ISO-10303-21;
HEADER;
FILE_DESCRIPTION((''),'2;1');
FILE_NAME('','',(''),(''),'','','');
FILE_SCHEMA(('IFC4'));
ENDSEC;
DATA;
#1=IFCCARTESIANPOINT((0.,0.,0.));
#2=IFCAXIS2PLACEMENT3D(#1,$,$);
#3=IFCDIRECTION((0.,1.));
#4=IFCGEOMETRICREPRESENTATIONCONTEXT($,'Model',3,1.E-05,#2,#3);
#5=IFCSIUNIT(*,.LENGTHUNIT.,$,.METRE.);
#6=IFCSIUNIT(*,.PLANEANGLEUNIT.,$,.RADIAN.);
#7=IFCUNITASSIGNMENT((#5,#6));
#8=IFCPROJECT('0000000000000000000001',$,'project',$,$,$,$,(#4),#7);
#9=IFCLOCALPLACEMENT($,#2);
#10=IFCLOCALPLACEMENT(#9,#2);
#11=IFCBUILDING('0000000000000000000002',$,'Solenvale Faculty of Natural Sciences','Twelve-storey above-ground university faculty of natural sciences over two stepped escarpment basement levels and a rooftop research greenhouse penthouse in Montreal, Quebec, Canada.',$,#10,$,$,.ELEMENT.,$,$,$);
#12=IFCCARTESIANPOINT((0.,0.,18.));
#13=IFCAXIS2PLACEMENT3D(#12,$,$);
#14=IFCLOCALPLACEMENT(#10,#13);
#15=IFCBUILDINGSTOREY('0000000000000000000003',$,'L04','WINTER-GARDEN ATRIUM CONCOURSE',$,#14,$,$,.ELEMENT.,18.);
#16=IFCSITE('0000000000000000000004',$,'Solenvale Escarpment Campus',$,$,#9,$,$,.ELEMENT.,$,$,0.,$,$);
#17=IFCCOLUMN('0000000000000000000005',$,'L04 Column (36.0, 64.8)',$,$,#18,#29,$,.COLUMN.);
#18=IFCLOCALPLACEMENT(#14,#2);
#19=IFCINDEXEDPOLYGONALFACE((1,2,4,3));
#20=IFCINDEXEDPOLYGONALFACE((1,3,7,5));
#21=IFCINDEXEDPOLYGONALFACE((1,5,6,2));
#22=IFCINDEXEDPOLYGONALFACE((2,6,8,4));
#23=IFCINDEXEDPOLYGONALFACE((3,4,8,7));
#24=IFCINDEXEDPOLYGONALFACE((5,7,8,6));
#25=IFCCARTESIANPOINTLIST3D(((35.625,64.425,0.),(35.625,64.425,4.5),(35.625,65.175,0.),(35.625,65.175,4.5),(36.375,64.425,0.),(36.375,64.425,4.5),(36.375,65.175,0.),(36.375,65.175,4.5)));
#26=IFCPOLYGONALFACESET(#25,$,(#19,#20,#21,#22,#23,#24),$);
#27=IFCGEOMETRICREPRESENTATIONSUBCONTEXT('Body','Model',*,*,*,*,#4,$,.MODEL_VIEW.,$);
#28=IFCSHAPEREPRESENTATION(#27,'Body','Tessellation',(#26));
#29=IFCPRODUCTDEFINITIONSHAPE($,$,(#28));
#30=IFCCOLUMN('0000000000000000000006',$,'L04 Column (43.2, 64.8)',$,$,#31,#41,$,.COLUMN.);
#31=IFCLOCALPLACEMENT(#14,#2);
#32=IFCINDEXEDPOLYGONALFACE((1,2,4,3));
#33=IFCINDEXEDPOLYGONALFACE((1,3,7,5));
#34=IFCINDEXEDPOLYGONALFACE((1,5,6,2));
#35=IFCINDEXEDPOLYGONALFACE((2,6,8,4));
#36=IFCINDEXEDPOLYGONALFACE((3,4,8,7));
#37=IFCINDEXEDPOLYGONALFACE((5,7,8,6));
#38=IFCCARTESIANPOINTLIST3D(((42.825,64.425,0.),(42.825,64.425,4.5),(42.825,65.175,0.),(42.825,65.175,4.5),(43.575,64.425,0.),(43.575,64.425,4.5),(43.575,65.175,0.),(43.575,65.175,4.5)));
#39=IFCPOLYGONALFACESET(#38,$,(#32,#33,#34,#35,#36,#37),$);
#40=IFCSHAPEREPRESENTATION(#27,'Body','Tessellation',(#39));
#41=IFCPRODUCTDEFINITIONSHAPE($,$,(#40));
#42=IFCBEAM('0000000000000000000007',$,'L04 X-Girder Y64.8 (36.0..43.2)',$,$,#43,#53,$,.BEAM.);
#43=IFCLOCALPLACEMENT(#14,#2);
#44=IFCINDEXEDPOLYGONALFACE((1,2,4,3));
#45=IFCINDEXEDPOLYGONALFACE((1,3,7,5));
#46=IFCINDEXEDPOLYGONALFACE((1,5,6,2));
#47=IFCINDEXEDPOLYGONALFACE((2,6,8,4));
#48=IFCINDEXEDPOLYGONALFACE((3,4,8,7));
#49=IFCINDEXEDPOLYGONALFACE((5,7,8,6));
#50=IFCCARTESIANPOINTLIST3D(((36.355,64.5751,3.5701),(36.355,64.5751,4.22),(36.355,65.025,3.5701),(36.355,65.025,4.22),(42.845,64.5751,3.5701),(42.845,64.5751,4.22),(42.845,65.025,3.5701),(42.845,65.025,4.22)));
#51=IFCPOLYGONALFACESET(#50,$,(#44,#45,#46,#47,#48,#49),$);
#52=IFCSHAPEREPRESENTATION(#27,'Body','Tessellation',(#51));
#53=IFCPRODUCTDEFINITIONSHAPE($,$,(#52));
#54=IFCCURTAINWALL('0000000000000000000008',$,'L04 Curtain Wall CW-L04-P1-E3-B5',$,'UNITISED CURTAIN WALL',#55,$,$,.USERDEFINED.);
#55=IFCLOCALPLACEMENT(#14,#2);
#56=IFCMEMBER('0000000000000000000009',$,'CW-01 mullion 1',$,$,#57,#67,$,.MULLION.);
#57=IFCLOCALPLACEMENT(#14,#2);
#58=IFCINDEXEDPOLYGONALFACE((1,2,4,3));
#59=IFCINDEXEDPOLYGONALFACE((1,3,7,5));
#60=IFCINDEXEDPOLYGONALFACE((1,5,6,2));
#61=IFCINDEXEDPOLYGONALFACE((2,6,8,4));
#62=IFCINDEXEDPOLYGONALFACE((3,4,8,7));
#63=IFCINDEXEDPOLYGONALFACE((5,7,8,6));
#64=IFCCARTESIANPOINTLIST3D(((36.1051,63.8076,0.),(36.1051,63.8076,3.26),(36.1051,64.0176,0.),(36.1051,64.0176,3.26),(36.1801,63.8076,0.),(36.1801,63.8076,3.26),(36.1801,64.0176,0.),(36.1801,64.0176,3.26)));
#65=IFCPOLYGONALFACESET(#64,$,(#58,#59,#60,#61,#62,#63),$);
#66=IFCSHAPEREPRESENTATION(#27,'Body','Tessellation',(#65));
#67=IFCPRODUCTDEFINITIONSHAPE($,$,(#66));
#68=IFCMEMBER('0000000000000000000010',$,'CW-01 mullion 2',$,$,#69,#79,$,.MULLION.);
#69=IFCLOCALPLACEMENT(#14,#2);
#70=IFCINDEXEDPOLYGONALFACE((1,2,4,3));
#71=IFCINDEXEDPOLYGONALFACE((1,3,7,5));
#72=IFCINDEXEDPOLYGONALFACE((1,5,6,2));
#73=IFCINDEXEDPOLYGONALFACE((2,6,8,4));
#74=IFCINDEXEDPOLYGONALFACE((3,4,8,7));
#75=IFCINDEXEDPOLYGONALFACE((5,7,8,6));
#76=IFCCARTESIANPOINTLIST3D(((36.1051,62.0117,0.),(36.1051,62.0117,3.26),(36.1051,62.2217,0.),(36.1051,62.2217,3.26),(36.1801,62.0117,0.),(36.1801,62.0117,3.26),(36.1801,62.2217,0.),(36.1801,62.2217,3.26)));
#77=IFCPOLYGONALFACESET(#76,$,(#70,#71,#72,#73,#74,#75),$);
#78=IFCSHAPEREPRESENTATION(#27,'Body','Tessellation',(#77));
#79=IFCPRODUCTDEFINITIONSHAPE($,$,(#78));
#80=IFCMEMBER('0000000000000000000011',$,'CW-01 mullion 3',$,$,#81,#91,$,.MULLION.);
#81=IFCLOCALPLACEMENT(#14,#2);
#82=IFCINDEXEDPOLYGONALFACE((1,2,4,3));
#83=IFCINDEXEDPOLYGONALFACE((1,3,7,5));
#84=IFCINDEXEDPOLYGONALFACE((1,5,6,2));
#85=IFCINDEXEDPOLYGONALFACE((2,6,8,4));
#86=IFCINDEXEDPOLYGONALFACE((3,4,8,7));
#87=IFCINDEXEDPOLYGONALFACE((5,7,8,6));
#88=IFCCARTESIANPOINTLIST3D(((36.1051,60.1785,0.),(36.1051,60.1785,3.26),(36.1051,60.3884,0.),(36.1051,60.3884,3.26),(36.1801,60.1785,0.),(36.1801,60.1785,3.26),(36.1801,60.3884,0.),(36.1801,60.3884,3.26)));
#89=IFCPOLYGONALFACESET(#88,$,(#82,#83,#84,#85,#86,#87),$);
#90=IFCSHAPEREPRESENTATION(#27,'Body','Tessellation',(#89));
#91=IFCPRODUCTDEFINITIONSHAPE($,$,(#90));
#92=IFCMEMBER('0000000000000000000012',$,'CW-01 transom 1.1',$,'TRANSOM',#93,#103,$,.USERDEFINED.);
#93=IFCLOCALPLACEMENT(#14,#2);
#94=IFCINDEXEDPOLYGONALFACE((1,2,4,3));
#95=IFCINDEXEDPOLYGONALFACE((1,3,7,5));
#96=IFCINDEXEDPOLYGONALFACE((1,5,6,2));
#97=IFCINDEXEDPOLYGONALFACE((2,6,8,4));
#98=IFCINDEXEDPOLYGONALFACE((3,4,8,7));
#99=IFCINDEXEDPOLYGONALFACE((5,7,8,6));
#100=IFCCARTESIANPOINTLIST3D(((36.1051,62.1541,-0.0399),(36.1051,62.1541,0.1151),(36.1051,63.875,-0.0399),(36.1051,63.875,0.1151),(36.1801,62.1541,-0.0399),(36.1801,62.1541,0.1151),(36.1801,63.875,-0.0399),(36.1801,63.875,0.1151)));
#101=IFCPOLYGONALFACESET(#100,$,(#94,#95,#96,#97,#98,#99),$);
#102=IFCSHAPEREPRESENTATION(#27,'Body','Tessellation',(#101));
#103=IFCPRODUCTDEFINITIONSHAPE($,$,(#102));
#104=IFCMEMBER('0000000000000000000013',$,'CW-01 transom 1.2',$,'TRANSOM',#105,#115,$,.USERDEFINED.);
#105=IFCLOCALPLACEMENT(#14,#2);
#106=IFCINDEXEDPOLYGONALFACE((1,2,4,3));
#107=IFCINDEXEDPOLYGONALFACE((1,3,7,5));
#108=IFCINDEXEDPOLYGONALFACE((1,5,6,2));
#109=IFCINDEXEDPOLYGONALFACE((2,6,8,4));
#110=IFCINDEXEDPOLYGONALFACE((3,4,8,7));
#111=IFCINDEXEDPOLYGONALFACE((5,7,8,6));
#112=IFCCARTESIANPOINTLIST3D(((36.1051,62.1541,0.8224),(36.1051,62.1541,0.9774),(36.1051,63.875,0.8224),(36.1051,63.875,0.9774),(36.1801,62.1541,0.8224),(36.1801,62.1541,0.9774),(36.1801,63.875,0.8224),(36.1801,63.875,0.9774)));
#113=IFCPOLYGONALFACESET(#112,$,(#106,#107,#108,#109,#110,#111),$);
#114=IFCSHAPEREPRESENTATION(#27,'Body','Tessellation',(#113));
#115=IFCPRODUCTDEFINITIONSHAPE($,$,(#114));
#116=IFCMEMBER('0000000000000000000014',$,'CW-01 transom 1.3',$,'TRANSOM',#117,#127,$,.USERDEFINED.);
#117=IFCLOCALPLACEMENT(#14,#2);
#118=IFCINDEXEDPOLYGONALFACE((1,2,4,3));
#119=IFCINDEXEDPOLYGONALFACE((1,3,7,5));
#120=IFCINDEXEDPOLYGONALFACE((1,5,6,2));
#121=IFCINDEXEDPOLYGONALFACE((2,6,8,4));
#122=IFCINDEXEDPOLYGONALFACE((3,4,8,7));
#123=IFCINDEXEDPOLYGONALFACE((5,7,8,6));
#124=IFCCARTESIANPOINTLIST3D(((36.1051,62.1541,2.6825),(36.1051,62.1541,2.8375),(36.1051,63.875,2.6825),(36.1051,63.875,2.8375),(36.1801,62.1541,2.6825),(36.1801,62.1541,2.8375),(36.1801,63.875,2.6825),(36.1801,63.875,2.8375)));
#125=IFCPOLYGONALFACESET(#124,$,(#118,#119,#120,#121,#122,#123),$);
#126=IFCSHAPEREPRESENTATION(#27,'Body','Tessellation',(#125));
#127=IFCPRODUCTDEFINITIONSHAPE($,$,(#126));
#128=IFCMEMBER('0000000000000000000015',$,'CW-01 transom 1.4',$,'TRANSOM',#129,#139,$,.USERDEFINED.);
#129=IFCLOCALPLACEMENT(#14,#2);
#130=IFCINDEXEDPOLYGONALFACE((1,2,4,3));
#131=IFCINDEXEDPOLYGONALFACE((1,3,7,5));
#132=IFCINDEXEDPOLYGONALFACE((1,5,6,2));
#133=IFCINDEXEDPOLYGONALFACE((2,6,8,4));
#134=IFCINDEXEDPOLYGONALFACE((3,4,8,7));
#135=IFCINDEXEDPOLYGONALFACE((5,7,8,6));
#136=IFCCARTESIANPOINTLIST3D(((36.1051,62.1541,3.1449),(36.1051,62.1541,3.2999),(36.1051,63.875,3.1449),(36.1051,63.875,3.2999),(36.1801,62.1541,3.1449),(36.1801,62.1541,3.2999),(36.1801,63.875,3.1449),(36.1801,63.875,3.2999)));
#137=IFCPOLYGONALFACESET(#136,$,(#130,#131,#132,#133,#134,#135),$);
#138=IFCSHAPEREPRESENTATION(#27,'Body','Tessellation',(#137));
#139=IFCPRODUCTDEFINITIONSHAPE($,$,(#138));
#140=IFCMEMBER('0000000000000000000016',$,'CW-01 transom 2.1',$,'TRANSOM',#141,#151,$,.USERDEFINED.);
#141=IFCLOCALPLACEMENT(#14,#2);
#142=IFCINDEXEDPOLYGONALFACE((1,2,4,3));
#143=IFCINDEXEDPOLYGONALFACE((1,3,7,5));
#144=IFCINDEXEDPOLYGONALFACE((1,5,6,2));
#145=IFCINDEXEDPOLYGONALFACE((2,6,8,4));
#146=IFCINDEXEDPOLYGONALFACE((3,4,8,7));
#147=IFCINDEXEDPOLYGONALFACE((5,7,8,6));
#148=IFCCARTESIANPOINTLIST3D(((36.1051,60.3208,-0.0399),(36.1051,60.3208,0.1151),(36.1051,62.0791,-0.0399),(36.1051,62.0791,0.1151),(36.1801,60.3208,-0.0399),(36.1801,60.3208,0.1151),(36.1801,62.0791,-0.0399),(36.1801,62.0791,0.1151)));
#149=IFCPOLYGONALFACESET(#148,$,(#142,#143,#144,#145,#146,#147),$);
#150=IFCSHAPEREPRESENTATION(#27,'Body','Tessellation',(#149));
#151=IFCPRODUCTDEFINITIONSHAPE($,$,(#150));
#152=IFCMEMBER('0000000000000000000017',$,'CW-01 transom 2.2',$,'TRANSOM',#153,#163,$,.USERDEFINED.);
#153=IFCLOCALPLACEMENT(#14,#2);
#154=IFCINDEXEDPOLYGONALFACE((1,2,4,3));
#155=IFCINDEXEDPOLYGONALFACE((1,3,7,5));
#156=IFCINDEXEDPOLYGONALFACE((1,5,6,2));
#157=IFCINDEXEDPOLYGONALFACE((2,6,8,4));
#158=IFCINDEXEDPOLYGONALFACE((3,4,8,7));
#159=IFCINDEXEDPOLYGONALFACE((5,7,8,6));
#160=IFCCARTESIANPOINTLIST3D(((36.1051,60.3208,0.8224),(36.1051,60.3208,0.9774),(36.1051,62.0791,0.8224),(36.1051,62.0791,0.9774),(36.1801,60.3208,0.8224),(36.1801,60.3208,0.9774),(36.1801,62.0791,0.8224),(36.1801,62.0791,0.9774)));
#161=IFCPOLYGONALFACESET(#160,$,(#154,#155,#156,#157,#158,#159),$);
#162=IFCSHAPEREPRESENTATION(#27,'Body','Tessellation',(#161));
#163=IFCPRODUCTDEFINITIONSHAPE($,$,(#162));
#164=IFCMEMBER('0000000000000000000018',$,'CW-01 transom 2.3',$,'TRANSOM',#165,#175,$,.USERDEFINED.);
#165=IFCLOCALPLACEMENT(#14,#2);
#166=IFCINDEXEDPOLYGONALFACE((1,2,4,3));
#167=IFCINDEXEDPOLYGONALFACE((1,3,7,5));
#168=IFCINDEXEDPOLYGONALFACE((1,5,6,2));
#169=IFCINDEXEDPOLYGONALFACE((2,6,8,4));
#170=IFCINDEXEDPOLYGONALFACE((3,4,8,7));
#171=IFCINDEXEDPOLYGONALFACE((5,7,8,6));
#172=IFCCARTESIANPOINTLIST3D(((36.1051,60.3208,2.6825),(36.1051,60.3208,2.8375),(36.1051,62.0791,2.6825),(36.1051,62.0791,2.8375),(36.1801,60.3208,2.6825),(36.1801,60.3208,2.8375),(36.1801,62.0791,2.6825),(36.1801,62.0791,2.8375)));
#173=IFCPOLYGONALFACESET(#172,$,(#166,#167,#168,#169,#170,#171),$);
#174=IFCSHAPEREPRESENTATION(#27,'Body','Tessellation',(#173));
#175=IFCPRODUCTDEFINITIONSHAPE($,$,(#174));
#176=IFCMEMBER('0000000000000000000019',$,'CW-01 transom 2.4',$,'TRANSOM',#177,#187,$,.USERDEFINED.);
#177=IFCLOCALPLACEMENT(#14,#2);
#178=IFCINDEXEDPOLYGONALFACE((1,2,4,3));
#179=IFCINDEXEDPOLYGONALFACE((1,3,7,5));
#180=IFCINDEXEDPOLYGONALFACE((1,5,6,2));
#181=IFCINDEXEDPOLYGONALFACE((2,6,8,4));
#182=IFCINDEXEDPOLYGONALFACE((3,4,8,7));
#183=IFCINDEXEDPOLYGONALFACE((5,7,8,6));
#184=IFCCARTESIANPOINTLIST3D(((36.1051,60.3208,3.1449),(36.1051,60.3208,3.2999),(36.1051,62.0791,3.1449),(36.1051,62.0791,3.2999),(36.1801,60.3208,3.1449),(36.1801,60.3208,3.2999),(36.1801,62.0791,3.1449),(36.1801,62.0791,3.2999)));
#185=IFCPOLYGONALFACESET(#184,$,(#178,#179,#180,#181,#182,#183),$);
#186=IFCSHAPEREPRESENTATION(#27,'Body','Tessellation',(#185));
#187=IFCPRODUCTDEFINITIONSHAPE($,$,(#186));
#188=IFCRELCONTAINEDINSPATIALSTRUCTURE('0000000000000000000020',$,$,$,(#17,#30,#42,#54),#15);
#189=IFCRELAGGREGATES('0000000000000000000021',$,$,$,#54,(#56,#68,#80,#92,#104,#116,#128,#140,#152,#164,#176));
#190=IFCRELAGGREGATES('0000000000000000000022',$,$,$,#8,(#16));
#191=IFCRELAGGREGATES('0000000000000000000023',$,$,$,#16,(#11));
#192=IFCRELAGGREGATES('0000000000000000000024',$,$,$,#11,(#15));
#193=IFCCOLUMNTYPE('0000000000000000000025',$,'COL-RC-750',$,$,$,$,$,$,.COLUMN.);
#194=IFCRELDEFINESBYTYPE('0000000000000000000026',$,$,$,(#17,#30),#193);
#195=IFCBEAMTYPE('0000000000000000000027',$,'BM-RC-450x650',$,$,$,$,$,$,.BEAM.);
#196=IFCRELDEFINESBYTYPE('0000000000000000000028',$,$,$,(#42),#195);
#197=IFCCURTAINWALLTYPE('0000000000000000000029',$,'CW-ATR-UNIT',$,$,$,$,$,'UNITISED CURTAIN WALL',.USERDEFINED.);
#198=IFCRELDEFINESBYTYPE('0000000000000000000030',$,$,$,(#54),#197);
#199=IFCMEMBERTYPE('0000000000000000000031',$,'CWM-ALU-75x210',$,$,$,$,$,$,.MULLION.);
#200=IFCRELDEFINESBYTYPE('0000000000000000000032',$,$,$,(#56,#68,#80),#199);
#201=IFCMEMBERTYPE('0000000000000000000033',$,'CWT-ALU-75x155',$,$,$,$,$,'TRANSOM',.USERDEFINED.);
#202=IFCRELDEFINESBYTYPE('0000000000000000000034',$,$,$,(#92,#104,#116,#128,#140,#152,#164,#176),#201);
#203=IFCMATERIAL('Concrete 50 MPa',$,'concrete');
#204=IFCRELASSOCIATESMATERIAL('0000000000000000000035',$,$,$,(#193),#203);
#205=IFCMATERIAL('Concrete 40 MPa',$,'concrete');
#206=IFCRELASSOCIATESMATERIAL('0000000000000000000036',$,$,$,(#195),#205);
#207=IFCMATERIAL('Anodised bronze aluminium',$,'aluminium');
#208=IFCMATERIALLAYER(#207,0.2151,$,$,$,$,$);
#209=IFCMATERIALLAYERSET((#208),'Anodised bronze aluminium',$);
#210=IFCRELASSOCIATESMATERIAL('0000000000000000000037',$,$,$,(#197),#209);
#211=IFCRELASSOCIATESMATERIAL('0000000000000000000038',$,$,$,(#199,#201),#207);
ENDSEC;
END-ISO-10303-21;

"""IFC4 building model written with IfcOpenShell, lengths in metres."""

from ifc_helpers import new_model, si_unit, direction, frame, origin, origin_2d, place, context, subcontext, project, spatial, rectangle, extrude, material, layer, layer_set, material_profile, profile_set, type_object, element, aggregate, save


model = new_model("IFC4")

# Units and contexts
model_context = context("Model", 3, precision=1e-05, world=origin(), true_north=direction((0.0, 1.0)))
body_context = subcontext(model_context, "Body", "Model", "MODEL_VIEW")
ifc_project = project(units=[si_unit("LENGTHUNIT", "METRE"), si_unit("PLANEANGLEUNIT", "RADIAN")], contexts=[model_context])

# Site, building, storey
site_placement = place(None, origin())
site = spatial("IfcSite", under=ifc_project, at=site_placement, Name="Solenvale Escarpment Campus", CompositionType="ELEMENT", RefElevation=0.0)
building_placement = place(site_placement, origin())
building = spatial("IfcBuilding", under=site, at=building_placement, Name="Solenvale Faculty of Natural Sciences", Description="Twelve-storey above-ground university faculty of natural sciences over two stepped escarpment basement levels and a rooftop research greenhouse penthouse in Montreal, Quebec, Canada.", CompositionType="ELEMENT")
storey_placement = place(building_placement, frame((0.0, 0.0, 18.0)))
storey = spatial("IfcBuildingStorey", under=building, at=storey_placement, Name="L04", Description="WINTER-GARDEN ATRIUM CONCOURSE", CompositionType="ELEMENT", Elevation=18.0)

# Columns
ifc_material_1 = material(Name="Concrete 50 MPa", Category="concrete")
ifc_material_profile_1 = material_profile(ifc_material_1, rectangle(XDim=0.75, YDim=0.75, at=origin_2d()), Name="RC-COL-750x750")
ifc_profile_set_1 = profile_set([ifc_material_profile_1], Name="Concrete 50 MPa")
column_type = type_object("IfcColumnType", Name="COL-RC-750", PredefinedType="COLUMN", material=ifc_profile_set_1)
for number, where, z_axis, x_axis, name in (
    (1, (36.0, 64.8, 0.0), (0.0, 0.0, 1.0), (1.0, 0.0, 0.0), "L04 Column (36.0, 64.8)"),
    (2, (43.2, 64.8, 0.0), (0.0, 0.0, 1.0), (1.0, 0.0, 0.0), "L04 Column (43.2, 64.8)"),
):
    element("IfcColumn", number, at=place(storey_placement, frame(where, z_axis=z_axis, x_axis=x_axis)), inside=storey, type_object=column_type, Name=name, PredefinedType="COLUMN", context=body_context, shape_type="SweptSolid", body=[
        extrude(rectangle(XDim=0.75, YDim=0.75, at=origin_2d()), origin(), (0.0, 0.0, 1.0), 4.5),
    ])

# Beam
ifc_material_2 = material(Name="Concrete 40 MPa", Category="concrete")
ifc_material_profile_2 = material_profile(ifc_material_2, rectangle(XDim=0.45, YDim=0.6499, at=origin_2d()), Name="RC-BM-450x650")
ifc_profile_set_2 = profile_set([ifc_material_profile_2], Name="Concrete 40 MPa")
beam_type = type_object("IfcBeamType", Name="BM-RC-450x650", PredefinedType="BEAM", material=ifc_profile_set_2)
beam_placement = place(storey_placement, frame((36.355, 64.8, 3.895), z_axis=(1.0, 0.0, 0.0), x_axis=(0.0, 1.0, 0.0)))
element("IfcBeam", 3, at=beam_placement, inside=storey, type_object=beam_type, Name="L04 X-Girder Y64.8 (36.0..43.2)", PredefinedType="BEAM", context=body_context, shape_type="SweptSolid", body=[
    extrude(rectangle(XDim=0.45, YDim=0.6499, at=origin_2d()), origin(), (0.0, 0.0, 1.0), 6.49),
])

# Curtain wall, members
ifc_material_3 = material(Name="Anodised bronze aluminium", Category="aluminium")
ifc_layer_1 = layer(ifc_material_3, 0.2151)
ifc_layer_set_1 = layer_set([ifc_layer_1], Name="Anodised bronze aluminium")
curtain_wall_type = type_object("IfcCurtainWallType", Name="CW-ATR-UNIT", ElementType="UNITISED CURTAIN WALL", PredefinedType="USERDEFINED", material=ifc_layer_set_1)
curtain_wall_placement = place(storey_placement, origin())
curtain_wall = element("IfcCurtainWall", 4, at=curtain_wall_placement, inside=storey, type_object=curtain_wall_type, Name="L04 Curtain Wall CW-L04-P1-E3-B5", ObjectType="UNITISED CURTAIN WALL", PredefinedType="USERDEFINED")
ifc_material_profile_3 = material_profile(ifc_material_3, rectangle(XDim=0.075, YDim=0.21, at=origin_2d()), Name="ALU-MUL-75x210")
ifc_profile_set_3 = profile_set([ifc_material_profile_3], Name="Anodised bronze aluminium")
member_type_1 = type_object("IfcMemberType", Name="CWM-ALU-75x210", PredefinedType="MULLION", material=ifc_profile_set_3)
member_1_placement = place(storey_placement, frame((36.1426, 63.9126, 0.0), z_axis=(0.0, 0.0, 1.0), x_axis=(1.0, 0.0, 0.0)))
member_1 = element("IfcMember", 5, at=member_1_placement, type_object=member_type_1, Name="CW-01 mullion 1", PredefinedType="MULLION", context=body_context, shape_type="SweptSolid", body=[
    extrude(rectangle(XDim=0.075, YDim=0.21, at=origin_2d()), origin(), (0.0, 0.0, 1.0), 3.26),
])
member_2_placement = place(storey_placement, frame((36.1426, 62.1167, 0.0), z_axis=(0.0, 0.0, 1.0), x_axis=(1.0, 0.0, 0.0)))
member_2 = element("IfcMember", 6, at=member_2_placement, type_object=member_type_1, Name="CW-01 mullion 2", PredefinedType="MULLION", context=body_context, shape_type="SweptSolid", body=[
    extrude(rectangle(XDim=0.075, YDim=0.21, at=origin_2d()), origin(), (0.0, 0.0, 1.0), 3.26),
])
member_3_placement = place(storey_placement, frame((36.1426, 60.2834, 0.0), z_axis=(0.0, 0.0, 1.0), x_axis=(1.0, 0.0, 0.0)))
member_3 = element("IfcMember", 7, at=member_3_placement, type_object=member_type_1, Name="CW-01 mullion 3", PredefinedType="MULLION", context=body_context, shape_type="SweptSolid", body=[
    extrude(rectangle(XDim=0.075, YDim=0.21, at=origin_2d()), origin(), (0.0, 0.0, 1.0), 3.26),
])
ifc_material_profile_4 = material_profile(ifc_material_3, rectangle(XDim=0.075, YDim=0.155, at=origin_2d()), Name="ALU-TRN-75x155")
ifc_profile_set_4 = profile_set([ifc_material_profile_4], Name="Anodised bronze aluminium")
member_type_2 = type_object("IfcMemberType", Name="CWT-ALU-75x155", ElementType="TRANSOM", PredefinedType="USERDEFINED", material=ifc_profile_set_4)
member_4_placement = place(storey_placement, frame((36.1426, 63.875, 0.0376), z_axis=(0.0, -1.0, 0.0), x_axis=(1.0, 0.0, 0.0)))
member_4 = element("IfcMember", 8, at=member_4_placement, type_object=member_type_2, Name="CW-01 transom 1.1", ObjectType="TRANSOM", PredefinedType="USERDEFINED", context=body_context, shape_type="SweptSolid", body=[
    extrude(rectangle(XDim=0.075, YDim=0.155, at=origin_2d()), origin(), (0.0, 0.0, 1.0), 1.7209),
])
member_5_placement = place(storey_placement, frame((36.1426, 63.875, 0.8999), z_axis=(0.0, -1.0, 0.0), x_axis=(1.0, 0.0, 0.0)))
member_5 = element("IfcMember", 9, at=member_5_placement, type_object=member_type_2, Name="CW-01 transom 1.2", ObjectType="TRANSOM", PredefinedType="USERDEFINED", context=body_context, shape_type="SweptSolid", body=[
    extrude(rectangle(XDim=0.075, YDim=0.155, at=origin_2d()), origin(), (0.0, 0.0, 1.0), 1.7209),
])
member_6_placement = place(storey_placement, frame((36.1426, 63.875, 2.76), z_axis=(0.0, -1.0, 0.0), x_axis=(1.0, 0.0, 0.0)))
member_6 = element("IfcMember", 10, at=member_6_placement, type_object=member_type_2, Name="CW-01 transom 1.3", ObjectType="TRANSOM", PredefinedType="USERDEFINED", context=body_context, shape_type="SweptSolid", body=[
    extrude(rectangle(XDim=0.075, YDim=0.155, at=origin_2d()), origin(), (0.0, 0.0, 1.0), 1.7209),
])
member_7_placement = place(storey_placement, frame((36.1426, 63.875, 3.2224), z_axis=(0.0, -1.0, 0.0), x_axis=(1.0, 0.0, 0.0)))
member_7 = element("IfcMember", 11, at=member_7_placement, type_object=member_type_2, Name="CW-01 transom 1.4", ObjectType="TRANSOM", PredefinedType="USERDEFINED", context=body_context, shape_type="SweptSolid", body=[
    extrude(rectangle(XDim=0.075, YDim=0.155, at=origin_2d()), origin(), (0.0, 0.0, 1.0), 1.7209),
])
member_8_placement = place(storey_placement, frame((36.1426, 62.0791, 0.0376), z_axis=(0.0, -1.0, 0.0), x_axis=(1.0, 0.0, 0.0)))
member_8 = element("IfcMember", 12, at=member_8_placement, type_object=member_type_2, Name="CW-01 transom 2.1", ObjectType="TRANSOM", PredefinedType="USERDEFINED", context=body_context, shape_type="SweptSolid", body=[
    extrude(rectangle(XDim=0.075, YDim=0.155, at=origin_2d()), origin(), (0.0, 0.0, 1.0), 1.7583),
])
member_9_placement = place(storey_placement, frame((36.1426, 62.0791, 0.8999), z_axis=(0.0, -1.0, 0.0), x_axis=(1.0, 0.0, 0.0)))
member_9 = element("IfcMember", 13, at=member_9_placement, type_object=member_type_2, Name="CW-01 transom 2.2", ObjectType="TRANSOM", PredefinedType="USERDEFINED", context=body_context, shape_type="SweptSolid", body=[
    extrude(rectangle(XDim=0.075, YDim=0.155, at=origin_2d()), origin(), (0.0, 0.0, 1.0), 1.7583),
])
member_10_placement = place(storey_placement, frame((36.1426, 62.0791, 2.76), z_axis=(0.0, -1.0, 0.0), x_axis=(1.0, 0.0, 0.0)))
member_10 = element("IfcMember", 14, at=member_10_placement, type_object=member_type_2, Name="CW-01 transom 2.3", ObjectType="TRANSOM", PredefinedType="USERDEFINED", context=body_context, shape_type="SweptSolid", body=[
    extrude(rectangle(XDim=0.075, YDim=0.155, at=origin_2d()), origin(), (0.0, 0.0, 1.0), 1.7583),
])
member_11_placement = place(storey_placement, frame((36.1426, 62.0791, 3.2224), z_axis=(0.0, -1.0, 0.0), x_axis=(1.0, 0.0, 0.0)))
member_11 = element("IfcMember", 15, at=member_11_placement, type_object=member_type_2, Name="CW-01 transom 2.4", ObjectType="TRANSOM", PredefinedType="USERDEFINED", context=body_context, shape_type="SweptSolid", body=[
    extrude(rectangle(XDim=0.075, YDim=0.155, at=origin_2d()), origin(), (0.0, 0.0, 1.0), 1.7583),
])
aggregate(curtain_wall, [member_1, member_2, member_3, member_4, member_5, member_6, member_7, member_8, member_9, member_10, member_11])

save(model, "model.ifc")
